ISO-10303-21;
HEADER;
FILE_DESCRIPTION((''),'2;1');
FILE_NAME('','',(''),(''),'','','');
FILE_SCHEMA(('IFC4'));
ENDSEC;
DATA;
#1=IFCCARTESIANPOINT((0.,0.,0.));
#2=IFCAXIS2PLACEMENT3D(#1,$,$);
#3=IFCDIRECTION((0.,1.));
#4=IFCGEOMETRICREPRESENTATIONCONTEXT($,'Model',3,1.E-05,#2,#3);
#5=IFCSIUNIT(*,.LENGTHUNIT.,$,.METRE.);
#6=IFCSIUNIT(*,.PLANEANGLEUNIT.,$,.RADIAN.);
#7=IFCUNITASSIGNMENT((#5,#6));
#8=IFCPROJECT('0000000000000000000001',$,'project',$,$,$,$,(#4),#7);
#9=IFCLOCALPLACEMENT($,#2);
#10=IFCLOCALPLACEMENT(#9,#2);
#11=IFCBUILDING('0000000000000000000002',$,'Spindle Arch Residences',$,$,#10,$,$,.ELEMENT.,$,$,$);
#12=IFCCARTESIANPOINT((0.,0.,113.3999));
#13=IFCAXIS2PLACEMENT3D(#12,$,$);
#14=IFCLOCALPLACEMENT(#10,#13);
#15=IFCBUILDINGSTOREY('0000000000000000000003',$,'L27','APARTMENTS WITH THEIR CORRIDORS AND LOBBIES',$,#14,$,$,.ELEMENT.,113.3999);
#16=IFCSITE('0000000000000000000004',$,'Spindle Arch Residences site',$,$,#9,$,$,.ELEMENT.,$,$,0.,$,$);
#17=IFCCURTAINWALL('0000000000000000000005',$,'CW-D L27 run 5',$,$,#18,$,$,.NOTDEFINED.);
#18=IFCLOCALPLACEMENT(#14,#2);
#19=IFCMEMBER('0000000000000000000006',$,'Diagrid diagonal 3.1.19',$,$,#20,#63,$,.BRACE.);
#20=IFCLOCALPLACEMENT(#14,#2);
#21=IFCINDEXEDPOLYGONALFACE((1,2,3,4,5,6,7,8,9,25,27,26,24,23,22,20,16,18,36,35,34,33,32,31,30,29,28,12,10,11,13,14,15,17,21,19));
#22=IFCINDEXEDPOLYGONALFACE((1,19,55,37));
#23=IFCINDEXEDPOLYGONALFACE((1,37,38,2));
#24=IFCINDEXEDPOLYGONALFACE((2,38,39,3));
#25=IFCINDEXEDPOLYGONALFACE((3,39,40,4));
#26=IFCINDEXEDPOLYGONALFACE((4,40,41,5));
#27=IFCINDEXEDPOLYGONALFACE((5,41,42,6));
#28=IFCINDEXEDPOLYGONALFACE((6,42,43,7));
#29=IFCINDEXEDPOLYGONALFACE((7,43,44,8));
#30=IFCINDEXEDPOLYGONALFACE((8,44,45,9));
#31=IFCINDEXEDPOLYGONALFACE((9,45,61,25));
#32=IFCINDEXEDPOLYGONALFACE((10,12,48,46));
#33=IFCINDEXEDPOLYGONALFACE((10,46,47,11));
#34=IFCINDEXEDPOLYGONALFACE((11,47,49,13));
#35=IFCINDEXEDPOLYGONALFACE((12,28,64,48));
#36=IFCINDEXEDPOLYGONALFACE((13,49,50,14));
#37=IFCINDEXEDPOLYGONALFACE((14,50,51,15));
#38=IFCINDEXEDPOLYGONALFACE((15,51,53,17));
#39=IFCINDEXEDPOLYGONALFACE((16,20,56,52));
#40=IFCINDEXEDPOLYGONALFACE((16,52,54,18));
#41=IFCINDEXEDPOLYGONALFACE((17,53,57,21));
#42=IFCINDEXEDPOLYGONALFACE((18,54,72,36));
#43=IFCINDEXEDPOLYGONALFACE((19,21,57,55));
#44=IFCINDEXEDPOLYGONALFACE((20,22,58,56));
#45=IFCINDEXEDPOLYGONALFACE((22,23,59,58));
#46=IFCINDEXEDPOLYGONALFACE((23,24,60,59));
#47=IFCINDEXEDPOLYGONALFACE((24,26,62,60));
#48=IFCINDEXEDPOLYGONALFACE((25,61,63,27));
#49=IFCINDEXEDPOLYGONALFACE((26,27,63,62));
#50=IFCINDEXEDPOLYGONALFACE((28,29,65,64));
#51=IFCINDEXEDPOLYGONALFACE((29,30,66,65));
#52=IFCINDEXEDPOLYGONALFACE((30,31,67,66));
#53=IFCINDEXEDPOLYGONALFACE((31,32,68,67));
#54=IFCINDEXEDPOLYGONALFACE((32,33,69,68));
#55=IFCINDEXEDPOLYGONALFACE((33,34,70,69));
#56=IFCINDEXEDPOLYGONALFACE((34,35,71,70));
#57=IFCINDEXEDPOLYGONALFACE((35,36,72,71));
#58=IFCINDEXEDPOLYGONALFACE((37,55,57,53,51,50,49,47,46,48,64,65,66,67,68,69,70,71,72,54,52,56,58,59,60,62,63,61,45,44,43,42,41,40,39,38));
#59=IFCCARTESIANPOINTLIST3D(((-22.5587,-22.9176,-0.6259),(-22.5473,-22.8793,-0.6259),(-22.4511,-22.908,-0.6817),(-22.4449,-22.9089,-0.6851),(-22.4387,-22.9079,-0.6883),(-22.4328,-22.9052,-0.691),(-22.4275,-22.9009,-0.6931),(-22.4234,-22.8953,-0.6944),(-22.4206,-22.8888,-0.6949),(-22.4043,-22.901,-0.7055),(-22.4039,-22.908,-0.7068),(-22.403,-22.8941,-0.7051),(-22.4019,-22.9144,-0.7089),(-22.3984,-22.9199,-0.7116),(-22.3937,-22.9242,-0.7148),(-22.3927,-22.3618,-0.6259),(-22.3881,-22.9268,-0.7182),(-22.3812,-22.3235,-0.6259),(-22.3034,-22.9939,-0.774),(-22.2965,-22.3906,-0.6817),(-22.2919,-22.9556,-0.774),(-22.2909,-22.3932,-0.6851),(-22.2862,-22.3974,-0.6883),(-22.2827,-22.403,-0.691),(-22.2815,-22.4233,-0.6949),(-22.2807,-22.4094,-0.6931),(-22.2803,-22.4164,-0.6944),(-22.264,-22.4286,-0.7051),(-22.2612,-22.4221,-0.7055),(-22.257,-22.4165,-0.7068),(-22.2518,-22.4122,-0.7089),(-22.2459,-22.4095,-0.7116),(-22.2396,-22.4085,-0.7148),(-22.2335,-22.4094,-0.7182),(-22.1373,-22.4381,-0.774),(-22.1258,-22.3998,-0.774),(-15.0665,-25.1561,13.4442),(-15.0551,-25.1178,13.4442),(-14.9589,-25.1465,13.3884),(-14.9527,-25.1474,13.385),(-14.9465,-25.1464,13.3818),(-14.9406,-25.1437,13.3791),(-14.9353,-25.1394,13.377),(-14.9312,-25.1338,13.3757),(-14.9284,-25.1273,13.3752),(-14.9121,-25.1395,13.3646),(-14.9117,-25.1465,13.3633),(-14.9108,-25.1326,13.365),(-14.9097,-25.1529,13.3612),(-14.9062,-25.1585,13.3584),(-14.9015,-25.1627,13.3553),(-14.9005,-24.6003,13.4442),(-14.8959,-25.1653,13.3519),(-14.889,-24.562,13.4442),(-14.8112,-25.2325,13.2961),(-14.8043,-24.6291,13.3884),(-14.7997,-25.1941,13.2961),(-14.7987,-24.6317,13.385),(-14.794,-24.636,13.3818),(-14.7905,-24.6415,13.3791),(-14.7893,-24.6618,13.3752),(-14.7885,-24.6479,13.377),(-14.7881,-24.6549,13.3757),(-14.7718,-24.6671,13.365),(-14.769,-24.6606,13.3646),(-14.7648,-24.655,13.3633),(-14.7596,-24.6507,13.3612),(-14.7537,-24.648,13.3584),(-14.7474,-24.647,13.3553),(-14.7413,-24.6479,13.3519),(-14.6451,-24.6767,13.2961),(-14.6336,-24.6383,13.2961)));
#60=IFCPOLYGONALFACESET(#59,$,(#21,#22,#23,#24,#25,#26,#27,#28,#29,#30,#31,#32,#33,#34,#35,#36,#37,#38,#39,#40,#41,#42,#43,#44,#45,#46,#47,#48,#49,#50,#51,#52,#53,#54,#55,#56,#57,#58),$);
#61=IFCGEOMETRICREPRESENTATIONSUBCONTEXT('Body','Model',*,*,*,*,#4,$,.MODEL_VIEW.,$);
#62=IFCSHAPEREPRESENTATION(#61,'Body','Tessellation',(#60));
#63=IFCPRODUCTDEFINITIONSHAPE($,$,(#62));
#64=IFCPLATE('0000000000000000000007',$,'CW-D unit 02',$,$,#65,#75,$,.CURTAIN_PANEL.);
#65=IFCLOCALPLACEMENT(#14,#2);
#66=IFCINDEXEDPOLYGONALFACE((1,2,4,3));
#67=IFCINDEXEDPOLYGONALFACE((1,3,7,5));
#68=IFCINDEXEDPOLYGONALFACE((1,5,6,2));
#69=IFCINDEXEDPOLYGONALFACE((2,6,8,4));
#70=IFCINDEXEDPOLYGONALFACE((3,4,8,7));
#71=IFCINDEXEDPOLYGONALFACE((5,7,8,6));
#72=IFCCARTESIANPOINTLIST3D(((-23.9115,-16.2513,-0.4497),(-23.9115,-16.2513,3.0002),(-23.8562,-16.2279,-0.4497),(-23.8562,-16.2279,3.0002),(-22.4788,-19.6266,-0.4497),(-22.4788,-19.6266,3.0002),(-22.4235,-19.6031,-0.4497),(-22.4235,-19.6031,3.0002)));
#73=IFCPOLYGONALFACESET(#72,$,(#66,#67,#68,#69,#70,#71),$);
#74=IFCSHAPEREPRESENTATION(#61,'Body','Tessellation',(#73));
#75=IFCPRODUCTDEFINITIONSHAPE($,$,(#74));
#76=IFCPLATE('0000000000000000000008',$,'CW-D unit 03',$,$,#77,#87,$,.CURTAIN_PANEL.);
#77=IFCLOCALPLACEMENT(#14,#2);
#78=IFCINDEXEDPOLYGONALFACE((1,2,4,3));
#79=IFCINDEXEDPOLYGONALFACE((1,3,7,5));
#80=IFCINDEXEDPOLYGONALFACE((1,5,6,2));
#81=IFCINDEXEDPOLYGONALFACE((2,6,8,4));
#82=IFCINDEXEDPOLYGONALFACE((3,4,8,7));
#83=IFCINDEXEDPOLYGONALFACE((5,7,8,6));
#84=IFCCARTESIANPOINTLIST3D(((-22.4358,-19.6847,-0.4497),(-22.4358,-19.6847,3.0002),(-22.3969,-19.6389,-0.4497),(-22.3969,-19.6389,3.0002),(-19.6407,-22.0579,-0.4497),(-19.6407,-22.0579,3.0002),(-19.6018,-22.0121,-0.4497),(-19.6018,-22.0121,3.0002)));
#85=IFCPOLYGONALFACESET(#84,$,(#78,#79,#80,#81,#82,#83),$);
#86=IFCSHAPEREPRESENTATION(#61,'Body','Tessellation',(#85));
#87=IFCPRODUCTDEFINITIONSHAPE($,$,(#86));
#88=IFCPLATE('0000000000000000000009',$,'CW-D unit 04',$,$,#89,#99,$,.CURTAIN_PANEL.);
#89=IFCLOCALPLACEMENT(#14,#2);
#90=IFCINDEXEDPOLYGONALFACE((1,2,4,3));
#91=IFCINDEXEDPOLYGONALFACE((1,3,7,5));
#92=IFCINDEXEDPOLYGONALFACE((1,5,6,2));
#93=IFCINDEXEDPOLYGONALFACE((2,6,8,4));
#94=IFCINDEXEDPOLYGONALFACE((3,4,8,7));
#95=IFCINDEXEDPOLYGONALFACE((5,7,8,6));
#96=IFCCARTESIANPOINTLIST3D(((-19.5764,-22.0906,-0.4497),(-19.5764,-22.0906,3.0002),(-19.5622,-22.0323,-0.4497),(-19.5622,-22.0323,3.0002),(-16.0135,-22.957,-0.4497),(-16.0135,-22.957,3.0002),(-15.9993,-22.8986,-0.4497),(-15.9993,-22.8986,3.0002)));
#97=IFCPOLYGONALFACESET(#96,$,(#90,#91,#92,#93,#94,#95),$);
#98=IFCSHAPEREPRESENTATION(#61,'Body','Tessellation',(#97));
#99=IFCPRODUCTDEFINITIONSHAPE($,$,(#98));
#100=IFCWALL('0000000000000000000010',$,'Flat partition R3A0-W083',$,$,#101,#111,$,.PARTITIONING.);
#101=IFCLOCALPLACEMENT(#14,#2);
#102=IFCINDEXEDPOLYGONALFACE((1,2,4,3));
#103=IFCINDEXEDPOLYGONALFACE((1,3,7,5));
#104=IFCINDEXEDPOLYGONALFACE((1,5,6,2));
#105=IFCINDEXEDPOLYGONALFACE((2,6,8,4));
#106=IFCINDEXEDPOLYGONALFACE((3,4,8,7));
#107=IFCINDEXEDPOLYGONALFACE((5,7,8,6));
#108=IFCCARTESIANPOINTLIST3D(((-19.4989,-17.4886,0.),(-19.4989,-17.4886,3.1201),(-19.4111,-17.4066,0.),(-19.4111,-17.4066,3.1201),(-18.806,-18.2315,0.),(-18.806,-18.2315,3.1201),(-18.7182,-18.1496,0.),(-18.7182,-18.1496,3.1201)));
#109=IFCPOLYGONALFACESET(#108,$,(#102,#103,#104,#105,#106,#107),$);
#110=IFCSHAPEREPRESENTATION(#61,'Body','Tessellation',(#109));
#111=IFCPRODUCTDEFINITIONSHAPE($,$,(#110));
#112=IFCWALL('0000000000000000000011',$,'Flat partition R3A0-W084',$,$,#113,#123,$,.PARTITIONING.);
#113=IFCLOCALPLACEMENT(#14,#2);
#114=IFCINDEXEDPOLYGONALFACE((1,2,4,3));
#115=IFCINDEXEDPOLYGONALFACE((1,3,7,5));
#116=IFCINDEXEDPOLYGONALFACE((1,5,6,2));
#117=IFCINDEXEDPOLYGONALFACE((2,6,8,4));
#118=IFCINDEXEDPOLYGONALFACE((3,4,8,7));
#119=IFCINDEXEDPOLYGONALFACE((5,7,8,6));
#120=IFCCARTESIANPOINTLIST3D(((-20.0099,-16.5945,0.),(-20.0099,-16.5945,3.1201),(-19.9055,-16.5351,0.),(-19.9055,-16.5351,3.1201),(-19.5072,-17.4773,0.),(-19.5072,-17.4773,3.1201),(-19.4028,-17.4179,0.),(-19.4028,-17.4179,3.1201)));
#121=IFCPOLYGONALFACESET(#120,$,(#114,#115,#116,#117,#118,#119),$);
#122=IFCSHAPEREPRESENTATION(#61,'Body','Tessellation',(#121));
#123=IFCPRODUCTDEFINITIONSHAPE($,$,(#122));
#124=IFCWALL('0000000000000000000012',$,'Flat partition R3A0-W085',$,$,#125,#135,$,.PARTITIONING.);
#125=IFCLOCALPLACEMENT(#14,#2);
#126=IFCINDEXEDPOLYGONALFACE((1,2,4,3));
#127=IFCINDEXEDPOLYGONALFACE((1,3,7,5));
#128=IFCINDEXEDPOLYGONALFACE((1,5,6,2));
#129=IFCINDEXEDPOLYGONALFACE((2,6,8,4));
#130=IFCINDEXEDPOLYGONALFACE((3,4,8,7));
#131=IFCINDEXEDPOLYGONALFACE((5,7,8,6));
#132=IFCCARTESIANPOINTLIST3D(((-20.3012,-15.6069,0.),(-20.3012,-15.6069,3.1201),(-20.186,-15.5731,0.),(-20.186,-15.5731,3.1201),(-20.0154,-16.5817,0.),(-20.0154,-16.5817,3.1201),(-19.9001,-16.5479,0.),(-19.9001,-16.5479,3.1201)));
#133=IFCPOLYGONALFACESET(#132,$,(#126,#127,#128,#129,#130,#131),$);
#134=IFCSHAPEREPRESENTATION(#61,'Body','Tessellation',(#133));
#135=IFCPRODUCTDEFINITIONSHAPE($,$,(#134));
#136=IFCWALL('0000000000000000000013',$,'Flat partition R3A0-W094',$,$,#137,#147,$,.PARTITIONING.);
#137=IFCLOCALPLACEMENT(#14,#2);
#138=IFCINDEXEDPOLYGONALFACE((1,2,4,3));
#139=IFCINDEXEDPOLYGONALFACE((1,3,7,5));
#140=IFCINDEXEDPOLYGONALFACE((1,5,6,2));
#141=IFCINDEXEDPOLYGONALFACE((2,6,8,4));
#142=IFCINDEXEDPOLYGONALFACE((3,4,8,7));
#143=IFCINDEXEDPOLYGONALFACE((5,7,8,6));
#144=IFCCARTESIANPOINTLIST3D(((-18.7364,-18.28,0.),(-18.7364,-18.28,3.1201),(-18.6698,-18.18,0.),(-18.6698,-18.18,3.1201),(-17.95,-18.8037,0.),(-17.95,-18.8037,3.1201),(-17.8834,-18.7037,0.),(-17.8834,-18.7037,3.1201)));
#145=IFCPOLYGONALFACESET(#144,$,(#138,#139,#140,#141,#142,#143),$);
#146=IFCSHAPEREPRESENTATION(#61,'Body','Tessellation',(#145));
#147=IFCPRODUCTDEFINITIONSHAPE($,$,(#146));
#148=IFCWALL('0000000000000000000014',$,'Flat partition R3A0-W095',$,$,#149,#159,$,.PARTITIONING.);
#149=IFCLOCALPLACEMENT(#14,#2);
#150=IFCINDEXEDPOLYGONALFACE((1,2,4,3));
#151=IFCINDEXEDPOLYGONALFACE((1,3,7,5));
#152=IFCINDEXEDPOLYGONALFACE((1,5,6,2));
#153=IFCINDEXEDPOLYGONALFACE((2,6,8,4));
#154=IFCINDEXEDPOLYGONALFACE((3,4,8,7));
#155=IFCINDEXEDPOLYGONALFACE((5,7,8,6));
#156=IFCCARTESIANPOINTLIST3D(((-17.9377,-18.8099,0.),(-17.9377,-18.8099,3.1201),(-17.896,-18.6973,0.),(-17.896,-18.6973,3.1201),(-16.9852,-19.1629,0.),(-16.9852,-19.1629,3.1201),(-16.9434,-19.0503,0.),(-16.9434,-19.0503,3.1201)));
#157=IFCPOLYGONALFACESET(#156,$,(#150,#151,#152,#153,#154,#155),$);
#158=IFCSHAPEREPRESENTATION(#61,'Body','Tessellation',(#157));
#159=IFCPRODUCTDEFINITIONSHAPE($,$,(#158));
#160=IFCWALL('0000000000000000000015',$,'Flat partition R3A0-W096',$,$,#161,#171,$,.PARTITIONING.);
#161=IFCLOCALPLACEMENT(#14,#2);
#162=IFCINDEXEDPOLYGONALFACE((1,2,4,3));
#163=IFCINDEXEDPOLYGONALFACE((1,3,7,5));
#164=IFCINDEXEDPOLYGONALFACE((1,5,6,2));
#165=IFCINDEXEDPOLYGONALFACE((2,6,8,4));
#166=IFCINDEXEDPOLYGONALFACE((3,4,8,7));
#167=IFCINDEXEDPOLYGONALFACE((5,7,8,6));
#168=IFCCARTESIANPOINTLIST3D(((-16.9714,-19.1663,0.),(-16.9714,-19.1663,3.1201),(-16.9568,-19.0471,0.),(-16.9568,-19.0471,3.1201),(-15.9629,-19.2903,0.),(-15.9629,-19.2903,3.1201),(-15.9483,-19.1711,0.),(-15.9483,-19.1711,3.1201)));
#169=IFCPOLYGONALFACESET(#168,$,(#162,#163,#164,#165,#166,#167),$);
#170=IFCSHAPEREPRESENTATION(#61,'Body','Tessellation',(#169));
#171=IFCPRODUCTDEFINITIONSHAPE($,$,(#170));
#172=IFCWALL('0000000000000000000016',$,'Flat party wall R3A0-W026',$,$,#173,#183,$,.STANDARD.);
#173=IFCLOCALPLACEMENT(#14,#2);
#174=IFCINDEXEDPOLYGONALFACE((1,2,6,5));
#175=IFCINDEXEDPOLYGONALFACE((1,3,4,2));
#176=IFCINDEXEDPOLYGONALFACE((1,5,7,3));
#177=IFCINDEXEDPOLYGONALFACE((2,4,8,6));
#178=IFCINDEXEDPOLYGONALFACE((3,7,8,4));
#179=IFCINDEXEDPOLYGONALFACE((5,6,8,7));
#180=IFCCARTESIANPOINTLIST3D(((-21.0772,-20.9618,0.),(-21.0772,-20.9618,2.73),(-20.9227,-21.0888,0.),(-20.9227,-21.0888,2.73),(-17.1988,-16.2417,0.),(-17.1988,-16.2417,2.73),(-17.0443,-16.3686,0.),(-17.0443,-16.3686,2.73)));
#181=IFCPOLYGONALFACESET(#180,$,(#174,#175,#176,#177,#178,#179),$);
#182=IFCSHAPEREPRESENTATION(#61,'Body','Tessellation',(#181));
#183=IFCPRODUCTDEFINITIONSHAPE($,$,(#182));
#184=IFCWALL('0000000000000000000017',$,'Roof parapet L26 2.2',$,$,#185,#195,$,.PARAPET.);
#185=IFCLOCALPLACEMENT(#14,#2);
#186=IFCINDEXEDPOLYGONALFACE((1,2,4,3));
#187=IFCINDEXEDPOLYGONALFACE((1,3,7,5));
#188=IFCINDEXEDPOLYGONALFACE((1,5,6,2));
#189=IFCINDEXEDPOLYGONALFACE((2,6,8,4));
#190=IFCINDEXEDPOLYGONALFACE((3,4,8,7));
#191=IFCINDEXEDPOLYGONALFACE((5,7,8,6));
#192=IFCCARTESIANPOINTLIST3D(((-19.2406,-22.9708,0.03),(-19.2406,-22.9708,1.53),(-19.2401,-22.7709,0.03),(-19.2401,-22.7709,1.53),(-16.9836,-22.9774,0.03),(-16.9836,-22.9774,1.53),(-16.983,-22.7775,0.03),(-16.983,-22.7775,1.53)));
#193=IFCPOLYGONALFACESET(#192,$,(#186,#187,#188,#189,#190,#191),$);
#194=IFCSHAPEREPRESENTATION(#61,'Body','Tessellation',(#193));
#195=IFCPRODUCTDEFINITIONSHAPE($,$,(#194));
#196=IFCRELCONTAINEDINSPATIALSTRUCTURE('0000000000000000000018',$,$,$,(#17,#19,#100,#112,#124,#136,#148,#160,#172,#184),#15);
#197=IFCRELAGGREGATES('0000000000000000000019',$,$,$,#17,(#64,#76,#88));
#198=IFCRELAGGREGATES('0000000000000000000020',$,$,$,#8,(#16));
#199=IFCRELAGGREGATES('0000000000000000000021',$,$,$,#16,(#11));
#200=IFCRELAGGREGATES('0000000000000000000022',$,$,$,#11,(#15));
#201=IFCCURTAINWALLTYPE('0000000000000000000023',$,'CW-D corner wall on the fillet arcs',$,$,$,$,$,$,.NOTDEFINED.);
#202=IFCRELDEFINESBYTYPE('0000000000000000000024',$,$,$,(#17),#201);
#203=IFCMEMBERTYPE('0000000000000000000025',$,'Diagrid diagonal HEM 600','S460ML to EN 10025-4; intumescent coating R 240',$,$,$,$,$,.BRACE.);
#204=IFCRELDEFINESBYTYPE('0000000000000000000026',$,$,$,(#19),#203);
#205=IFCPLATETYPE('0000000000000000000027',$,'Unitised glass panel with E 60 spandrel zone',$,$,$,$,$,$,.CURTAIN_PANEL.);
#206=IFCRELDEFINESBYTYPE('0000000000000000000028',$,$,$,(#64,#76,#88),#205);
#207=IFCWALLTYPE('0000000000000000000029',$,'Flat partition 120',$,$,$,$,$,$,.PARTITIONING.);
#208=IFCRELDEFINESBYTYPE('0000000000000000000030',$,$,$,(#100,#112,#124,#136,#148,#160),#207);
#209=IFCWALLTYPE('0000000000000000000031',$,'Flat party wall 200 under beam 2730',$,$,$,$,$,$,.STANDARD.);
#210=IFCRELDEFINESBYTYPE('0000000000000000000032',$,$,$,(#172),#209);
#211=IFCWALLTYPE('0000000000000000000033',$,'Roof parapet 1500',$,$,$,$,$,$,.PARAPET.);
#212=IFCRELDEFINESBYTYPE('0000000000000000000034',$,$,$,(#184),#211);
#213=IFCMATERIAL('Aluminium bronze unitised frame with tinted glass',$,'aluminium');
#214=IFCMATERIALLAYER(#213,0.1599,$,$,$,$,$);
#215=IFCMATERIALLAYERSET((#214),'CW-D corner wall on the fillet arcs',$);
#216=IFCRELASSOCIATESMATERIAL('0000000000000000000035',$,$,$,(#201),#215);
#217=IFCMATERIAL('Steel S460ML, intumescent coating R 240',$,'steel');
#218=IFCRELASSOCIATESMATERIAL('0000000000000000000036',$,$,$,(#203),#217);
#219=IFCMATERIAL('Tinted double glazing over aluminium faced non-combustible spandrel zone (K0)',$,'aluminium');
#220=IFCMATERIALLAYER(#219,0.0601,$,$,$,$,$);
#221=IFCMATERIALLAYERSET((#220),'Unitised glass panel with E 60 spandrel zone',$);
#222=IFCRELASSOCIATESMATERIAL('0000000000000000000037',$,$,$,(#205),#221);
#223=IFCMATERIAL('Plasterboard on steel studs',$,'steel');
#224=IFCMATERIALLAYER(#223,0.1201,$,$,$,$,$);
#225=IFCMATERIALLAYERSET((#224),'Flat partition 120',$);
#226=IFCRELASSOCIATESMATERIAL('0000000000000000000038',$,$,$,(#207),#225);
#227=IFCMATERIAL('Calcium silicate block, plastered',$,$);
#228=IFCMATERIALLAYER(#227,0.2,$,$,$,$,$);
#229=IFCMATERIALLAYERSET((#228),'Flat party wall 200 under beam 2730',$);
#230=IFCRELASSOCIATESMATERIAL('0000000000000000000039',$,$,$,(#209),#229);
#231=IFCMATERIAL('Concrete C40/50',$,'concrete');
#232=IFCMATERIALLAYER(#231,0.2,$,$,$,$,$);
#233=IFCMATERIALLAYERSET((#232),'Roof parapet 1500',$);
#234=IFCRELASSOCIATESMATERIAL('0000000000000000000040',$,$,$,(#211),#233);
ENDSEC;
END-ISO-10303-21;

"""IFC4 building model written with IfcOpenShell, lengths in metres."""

from ifc_helpers import new_model, si_unit, direction, frame, frame_2d, origin, origin_2d, place, context, subcontext, project, spatial, rectangle, i_section, extrude, material, layer, layer_set, material_profile, profile_set, type_object, element, aggregate, save


model = new_model("IFC4")

# Units and contexts
model_context = context("Model", 3, precision=1e-05, world=origin(), true_north=direction((0.0, 1.0)))
body_context = subcontext(model_context, "Body", "Model", "MODEL_VIEW")
ifc_project = project(units=[si_unit("LENGTHUNIT", "METRE"), si_unit("PLANEANGLEUNIT", "RADIAN")], contexts=[model_context])

# Site, building, storey
site_placement = place(None, origin())
site = spatial("IfcSite", under=ifc_project, at=site_placement, Name="Spindle Arch Residences site", CompositionType="ELEMENT", RefElevation=0.0)
building_placement = place(site_placement, origin())
building = spatial("IfcBuilding", under=site, at=building_placement, Name="Spindle Arch Residences", CompositionType="ELEMENT")
storey_placement = place(building_placement, frame((0.0, 0.0, 113.3999)))
storey = spatial("IfcBuildingStorey", under=building, at=storey_placement, Name="L27", Description="APARTMENTS WITH THEIR CORRIDORS AND LOBBIES", CompositionType="ELEMENT", Elevation=113.3999)

# Curtain wall
ifc_material_1 = material(Name="Aluminium bronze unitised frame with tinted glass", Category="aluminium")
ifc_layer_1 = layer(ifc_material_1, 0.1599)
ifc_layer_set_1 = layer_set([ifc_layer_1], Name="CW-D corner wall on the fillet arcs")
curtain_wall_type = type_object("IfcCurtainWallType", Name="CW-D corner wall on the fillet arcs", PredefinedType="NOTDEFINED", material=ifc_layer_set_1)
curtain_wall_placement = place(storey_placement, origin())
curtain_wall = element("IfcCurtainWall", 1, at=curtain_wall_placement, inside=storey, type_object=curtain_wall_type, Name="CW-D L27 run 5", PredefinedType="NOTDEFINED")

# Member
ifc_material_2 = material(Name="Steel S460ML, intumescent coating R 240", Category="steel")
ifc_material_profile_1 = material_profile(ifc_material_2, i_section(OverallWidth=0.3049, OverallDepth=0.6201, WebThickness=0.021, FlangeThickness=0.04, FilletRadius=0.0271, at=origin_2d()), Name="HEM 600")
ifc_profile_set_1 = profile_set([ifc_material_profile_1], Name="Steel S460ML, intumescent coating R 240")
member_type_1 = type_object("IfcMemberType", Name="Diagrid diagonal HEM 600", Description="S460ML to EN 10025-4; intumescent coating R 240", PredefinedType="BRACE", material=ifc_profile_set_1)
for number, where, z_axis, x_axis, name in (
    (2, (-22.3423, -22.6587, -0.7), (0.465442, -0.139065, 0.874085), (-0.837502, 0.25023, 0.485773), "Diagrid diagonal 3.1.19"),
):
    element("IfcMember", number, at=place(storey_placement, frame(where, z_axis=z_axis, x_axis=x_axis)), inside=storey, type_object=member_type_1, Name=name, PredefinedType="BRACE", context=body_context, shape_type="SweptSolid", body=[
        extrude(i_section(OverallWidth=0.3049, OverallDepth=0.6201, WebThickness=0.021, FlangeThickness=0.04, FilletRadius=0.0271, at=origin_2d()), origin(), (0.0, 0.0, 1.0), 16.0969),
    ])

# Plates
ifc_material_3 = material(Name="Tinted double glazing over aluminium faced non-combustible spandrel zone (K0)", Category="aluminium")
ifc_layer_2 = layer(ifc_material_3, 0.0601)
ifc_layer_set_2 = layer_set([ifc_layer_2], Name="Unitised glass panel with E 60 spandrel zone")
plate_type = type_object("IfcPlateType", Name="Unitised glass panel with E 60 spandrel zone", PredefinedType="CURTAIN_PANEL", material=ifc_layer_set_2)
plate_1_placement = place(storey_placement, frame((-23.1675, -17.9272, -0.4497), z_axis=(0.0, 0.0, 1.0), x_axis=(0.390731, -0.920505, 0.0)))
plate_1 = element("IfcPlate", 3, at=plate_1_placement, type_object=plate_type, Name="CW-D unit 02", PredefinedType="CURTAIN_PANEL", context=body_context, shape_type="SweptSolid", body=[
    extrude(rectangle(XDim=3.6667, YDim=0.0601, at=origin_2d()), origin(), (0.0, 0.0, 1.0), 3.45),
])
plate_2_placement = place(storey_placement, frame((-21.0188, -20.8484, -0.4497), z_axis=(0.0, 0.0, 1.0), x_axis=(0.762292, -0.647233, 0.0)))
plate_2 = element("IfcPlate", 4, at=plate_2_placement, type_object=plate_type, Name="CW-D unit 03", PredefinedType="CURTAIN_PANEL", context=body_context, shape_type="SweptSolid", body=[
    extrude(rectangle(XDim=3.6667, YDim=0.0601, at=origin_2d()), origin(), (0.0, 0.0, 1.0), 3.45),
])
plate_3_placement = place(storey_placement, frame((-17.7878, -22.4946, -0.4497), z_axis=(0.0, 0.0, 1.0), x_axis=(0.971687, -0.236273, 0.0)))
plate_3 = element("IfcPlate", 5, at=plate_3_placement, type_object=plate_type, Name="CW-D unit 04", PredefinedType="CURTAIN_PANEL", context=body_context, shape_type="SweptSolid", body=[
    extrude(rectangle(XDim=3.6667, YDim=0.0601, at=origin_2d()), origin(), (0.0, 0.0, 1.0), 3.45),
])
aggregate(curtain_wall, [plate_1, plate_2, plate_3])

# Walls
ifc_material_4 = material(Name="Plasterboard on steel studs", Category="steel")
ifc_layer_3 = layer(ifc_material_4, 0.1201)
ifc_layer_set_3 = layer_set([ifc_layer_3], Name="Flat partition 120")
wall_type_1 = type_object("IfcWallType", Name="Flat partition 120", PredefinedType="PARTITIONING", material=ifc_layer_set_3)
for number, where, z_axis, x_axis, name in (
    (6, (-18.7622, -18.1904, 0.0), (0.0, 0.0, 1.0), (-0.682044, 0.731311, 0.0), "Flat partition R3A0-W083"),
    (7, (-19.4551, -17.4475, 0.0), (0.0, 0.0, 1.0), (-0.494818, 0.868996, 0.0), "Flat partition R3A0-W084"),
    (8, (-19.9578, -16.5647, 0.0), (0.0, 0.0, 1.0), (-0.281412, 0.959587, 0.0), "Flat partition R3A0-W085"),
):
    element("IfcWall", number, at=place(storey_placement, frame(where, z_axis=z_axis, x_axis=x_axis)), inside=storey, type_object=wall_type_1, Name=name, PredefinedType="PARTITIONING", context=body_context, shape_type="SweptSolid", body=[
        extrude(rectangle(XDim=1.0159, YDim=0.1201, at=frame_2d((0.5078, 0.0))), origin(), (0.0, 0.0, 1.0), 3.1201),
    ])
wall_1_placement = place(storey_placement, frame((-18.7031, -18.23, 0.0), z_axis=(0.0, 0.0, 1.0), x_axis=(0.832328, -0.554283, 0.0)))
element("IfcWall", 9, at=wall_1_placement, inside=storey, type_object=wall_type_1, Name="Flat partition R3A0-W094", PredefinedType="PARTITIONING", context=body_context, shape_type="SweptSolid", body=[
    extrude(rectangle(XDim=0.9448, YDim=0.1201, at=frame_2d((0.4724, 0.0))), origin(), (0.0, 0.0, 1.0), 3.1201),
])
wall_2_placement = place(storey_placement, frame((-17.9167, -18.7537, 0.0), z_axis=(0.0, 0.0, 1.0), x_axis=(0.937685, -0.347487, 0.0)))
element("IfcWall", 10, at=wall_2_placement, inside=storey, type_object=wall_type_1, Name="Flat partition R3A0-W095", PredefinedType="PARTITIONING", context=body_context, shape_type="SweptSolid", body=[
    extrude(rectangle(XDim=1.0159, YDim=0.1201, at=frame_2d((0.5078, 0.0))), origin(), (0.0, 0.0, 1.0), 3.1201),
])
wall_3_placement = place(storey_placement, frame((-16.9641, -19.1067, 0.0), z_axis=(0.0, 0.0, 1.0), x_axis=(0.992524, -0.122053, 0.0)))
element("IfcWall", 11, at=wall_3_placement, inside=storey, type_object=wall_type_1, Name="Flat partition R3A0-W096", PredefinedType="PARTITIONING", context=body_context, shape_type="SweptSolid", body=[
    extrude(rectangle(XDim=1.0161, YDim=0.1201, at=frame_2d((0.5081, 0.0))), origin(), (0.0, 0.0, 1.0), 3.1201),
])
ifc_material_5 = material(Name="Calcium silicate block, plastered")
ifc_layer_4 = layer(ifc_material_5, 0.2)
ifc_layer_set_4 = layer_set([ifc_layer_4], Name="Flat party wall 200 under beam 2730")
wall_type_2 = type_object("IfcWallType", Name="Flat party wall 200 under beam 2730", PredefinedType="STANDARD", material=ifc_layer_set_4)
wall_4_placement = place(storey_placement, frame((-21.0, -21.0254, 0.0), z_axis=(0.0, 0.0, 1.0), x_axis=(0.634847, 0.772638, 0.0)))
element("IfcWall", 12, at=wall_4_placement, inside=storey, type_object=wall_type_2, Name="Flat party wall R3A0-W026", PredefinedType="STANDARD", context=body_context, shape_type="SweptSolid", body=[
    extrude(rectangle(XDim=6.1091, YDim=0.2, at=frame_2d((3.0547, 0.0))), origin(), (0.0, 0.0, 1.0), 2.73),
])
ifc_material_6 = material(Name="Concrete C40/50", Category="concrete")
ifc_layer_5 = layer(ifc_material_6, 0.2)
ifc_layer_set_5 = layer_set([ifc_layer_5], Name="Roof parapet 1500")
wall_type_3 = type_object("IfcWallType", Name="Roof parapet 1500", PredefinedType="PARAPET", material=ifc_layer_set_5)
wall_5_placement = place(storey_placement, frame((-16.9834, -22.8774, 0.03), z_axis=(0.0, 0.0, 1.0), x_axis=(-0.999996, 0.00292, 0.0)))
element("IfcWall", 13, at=wall_5_placement, inside=storey, type_object=wall_type_3, Name="Roof parapet L26 2.2", PredefinedType="PARAPET", context=body_context, shape_type="SweptSolid", body=[
    extrude(rectangle(XDim=2.2571, YDim=0.2, at=frame_2d((1.1284, 0.0))), origin(), (0.0, 0.0, 1.0), 1.5),
])

save(model, "model.ifc")
